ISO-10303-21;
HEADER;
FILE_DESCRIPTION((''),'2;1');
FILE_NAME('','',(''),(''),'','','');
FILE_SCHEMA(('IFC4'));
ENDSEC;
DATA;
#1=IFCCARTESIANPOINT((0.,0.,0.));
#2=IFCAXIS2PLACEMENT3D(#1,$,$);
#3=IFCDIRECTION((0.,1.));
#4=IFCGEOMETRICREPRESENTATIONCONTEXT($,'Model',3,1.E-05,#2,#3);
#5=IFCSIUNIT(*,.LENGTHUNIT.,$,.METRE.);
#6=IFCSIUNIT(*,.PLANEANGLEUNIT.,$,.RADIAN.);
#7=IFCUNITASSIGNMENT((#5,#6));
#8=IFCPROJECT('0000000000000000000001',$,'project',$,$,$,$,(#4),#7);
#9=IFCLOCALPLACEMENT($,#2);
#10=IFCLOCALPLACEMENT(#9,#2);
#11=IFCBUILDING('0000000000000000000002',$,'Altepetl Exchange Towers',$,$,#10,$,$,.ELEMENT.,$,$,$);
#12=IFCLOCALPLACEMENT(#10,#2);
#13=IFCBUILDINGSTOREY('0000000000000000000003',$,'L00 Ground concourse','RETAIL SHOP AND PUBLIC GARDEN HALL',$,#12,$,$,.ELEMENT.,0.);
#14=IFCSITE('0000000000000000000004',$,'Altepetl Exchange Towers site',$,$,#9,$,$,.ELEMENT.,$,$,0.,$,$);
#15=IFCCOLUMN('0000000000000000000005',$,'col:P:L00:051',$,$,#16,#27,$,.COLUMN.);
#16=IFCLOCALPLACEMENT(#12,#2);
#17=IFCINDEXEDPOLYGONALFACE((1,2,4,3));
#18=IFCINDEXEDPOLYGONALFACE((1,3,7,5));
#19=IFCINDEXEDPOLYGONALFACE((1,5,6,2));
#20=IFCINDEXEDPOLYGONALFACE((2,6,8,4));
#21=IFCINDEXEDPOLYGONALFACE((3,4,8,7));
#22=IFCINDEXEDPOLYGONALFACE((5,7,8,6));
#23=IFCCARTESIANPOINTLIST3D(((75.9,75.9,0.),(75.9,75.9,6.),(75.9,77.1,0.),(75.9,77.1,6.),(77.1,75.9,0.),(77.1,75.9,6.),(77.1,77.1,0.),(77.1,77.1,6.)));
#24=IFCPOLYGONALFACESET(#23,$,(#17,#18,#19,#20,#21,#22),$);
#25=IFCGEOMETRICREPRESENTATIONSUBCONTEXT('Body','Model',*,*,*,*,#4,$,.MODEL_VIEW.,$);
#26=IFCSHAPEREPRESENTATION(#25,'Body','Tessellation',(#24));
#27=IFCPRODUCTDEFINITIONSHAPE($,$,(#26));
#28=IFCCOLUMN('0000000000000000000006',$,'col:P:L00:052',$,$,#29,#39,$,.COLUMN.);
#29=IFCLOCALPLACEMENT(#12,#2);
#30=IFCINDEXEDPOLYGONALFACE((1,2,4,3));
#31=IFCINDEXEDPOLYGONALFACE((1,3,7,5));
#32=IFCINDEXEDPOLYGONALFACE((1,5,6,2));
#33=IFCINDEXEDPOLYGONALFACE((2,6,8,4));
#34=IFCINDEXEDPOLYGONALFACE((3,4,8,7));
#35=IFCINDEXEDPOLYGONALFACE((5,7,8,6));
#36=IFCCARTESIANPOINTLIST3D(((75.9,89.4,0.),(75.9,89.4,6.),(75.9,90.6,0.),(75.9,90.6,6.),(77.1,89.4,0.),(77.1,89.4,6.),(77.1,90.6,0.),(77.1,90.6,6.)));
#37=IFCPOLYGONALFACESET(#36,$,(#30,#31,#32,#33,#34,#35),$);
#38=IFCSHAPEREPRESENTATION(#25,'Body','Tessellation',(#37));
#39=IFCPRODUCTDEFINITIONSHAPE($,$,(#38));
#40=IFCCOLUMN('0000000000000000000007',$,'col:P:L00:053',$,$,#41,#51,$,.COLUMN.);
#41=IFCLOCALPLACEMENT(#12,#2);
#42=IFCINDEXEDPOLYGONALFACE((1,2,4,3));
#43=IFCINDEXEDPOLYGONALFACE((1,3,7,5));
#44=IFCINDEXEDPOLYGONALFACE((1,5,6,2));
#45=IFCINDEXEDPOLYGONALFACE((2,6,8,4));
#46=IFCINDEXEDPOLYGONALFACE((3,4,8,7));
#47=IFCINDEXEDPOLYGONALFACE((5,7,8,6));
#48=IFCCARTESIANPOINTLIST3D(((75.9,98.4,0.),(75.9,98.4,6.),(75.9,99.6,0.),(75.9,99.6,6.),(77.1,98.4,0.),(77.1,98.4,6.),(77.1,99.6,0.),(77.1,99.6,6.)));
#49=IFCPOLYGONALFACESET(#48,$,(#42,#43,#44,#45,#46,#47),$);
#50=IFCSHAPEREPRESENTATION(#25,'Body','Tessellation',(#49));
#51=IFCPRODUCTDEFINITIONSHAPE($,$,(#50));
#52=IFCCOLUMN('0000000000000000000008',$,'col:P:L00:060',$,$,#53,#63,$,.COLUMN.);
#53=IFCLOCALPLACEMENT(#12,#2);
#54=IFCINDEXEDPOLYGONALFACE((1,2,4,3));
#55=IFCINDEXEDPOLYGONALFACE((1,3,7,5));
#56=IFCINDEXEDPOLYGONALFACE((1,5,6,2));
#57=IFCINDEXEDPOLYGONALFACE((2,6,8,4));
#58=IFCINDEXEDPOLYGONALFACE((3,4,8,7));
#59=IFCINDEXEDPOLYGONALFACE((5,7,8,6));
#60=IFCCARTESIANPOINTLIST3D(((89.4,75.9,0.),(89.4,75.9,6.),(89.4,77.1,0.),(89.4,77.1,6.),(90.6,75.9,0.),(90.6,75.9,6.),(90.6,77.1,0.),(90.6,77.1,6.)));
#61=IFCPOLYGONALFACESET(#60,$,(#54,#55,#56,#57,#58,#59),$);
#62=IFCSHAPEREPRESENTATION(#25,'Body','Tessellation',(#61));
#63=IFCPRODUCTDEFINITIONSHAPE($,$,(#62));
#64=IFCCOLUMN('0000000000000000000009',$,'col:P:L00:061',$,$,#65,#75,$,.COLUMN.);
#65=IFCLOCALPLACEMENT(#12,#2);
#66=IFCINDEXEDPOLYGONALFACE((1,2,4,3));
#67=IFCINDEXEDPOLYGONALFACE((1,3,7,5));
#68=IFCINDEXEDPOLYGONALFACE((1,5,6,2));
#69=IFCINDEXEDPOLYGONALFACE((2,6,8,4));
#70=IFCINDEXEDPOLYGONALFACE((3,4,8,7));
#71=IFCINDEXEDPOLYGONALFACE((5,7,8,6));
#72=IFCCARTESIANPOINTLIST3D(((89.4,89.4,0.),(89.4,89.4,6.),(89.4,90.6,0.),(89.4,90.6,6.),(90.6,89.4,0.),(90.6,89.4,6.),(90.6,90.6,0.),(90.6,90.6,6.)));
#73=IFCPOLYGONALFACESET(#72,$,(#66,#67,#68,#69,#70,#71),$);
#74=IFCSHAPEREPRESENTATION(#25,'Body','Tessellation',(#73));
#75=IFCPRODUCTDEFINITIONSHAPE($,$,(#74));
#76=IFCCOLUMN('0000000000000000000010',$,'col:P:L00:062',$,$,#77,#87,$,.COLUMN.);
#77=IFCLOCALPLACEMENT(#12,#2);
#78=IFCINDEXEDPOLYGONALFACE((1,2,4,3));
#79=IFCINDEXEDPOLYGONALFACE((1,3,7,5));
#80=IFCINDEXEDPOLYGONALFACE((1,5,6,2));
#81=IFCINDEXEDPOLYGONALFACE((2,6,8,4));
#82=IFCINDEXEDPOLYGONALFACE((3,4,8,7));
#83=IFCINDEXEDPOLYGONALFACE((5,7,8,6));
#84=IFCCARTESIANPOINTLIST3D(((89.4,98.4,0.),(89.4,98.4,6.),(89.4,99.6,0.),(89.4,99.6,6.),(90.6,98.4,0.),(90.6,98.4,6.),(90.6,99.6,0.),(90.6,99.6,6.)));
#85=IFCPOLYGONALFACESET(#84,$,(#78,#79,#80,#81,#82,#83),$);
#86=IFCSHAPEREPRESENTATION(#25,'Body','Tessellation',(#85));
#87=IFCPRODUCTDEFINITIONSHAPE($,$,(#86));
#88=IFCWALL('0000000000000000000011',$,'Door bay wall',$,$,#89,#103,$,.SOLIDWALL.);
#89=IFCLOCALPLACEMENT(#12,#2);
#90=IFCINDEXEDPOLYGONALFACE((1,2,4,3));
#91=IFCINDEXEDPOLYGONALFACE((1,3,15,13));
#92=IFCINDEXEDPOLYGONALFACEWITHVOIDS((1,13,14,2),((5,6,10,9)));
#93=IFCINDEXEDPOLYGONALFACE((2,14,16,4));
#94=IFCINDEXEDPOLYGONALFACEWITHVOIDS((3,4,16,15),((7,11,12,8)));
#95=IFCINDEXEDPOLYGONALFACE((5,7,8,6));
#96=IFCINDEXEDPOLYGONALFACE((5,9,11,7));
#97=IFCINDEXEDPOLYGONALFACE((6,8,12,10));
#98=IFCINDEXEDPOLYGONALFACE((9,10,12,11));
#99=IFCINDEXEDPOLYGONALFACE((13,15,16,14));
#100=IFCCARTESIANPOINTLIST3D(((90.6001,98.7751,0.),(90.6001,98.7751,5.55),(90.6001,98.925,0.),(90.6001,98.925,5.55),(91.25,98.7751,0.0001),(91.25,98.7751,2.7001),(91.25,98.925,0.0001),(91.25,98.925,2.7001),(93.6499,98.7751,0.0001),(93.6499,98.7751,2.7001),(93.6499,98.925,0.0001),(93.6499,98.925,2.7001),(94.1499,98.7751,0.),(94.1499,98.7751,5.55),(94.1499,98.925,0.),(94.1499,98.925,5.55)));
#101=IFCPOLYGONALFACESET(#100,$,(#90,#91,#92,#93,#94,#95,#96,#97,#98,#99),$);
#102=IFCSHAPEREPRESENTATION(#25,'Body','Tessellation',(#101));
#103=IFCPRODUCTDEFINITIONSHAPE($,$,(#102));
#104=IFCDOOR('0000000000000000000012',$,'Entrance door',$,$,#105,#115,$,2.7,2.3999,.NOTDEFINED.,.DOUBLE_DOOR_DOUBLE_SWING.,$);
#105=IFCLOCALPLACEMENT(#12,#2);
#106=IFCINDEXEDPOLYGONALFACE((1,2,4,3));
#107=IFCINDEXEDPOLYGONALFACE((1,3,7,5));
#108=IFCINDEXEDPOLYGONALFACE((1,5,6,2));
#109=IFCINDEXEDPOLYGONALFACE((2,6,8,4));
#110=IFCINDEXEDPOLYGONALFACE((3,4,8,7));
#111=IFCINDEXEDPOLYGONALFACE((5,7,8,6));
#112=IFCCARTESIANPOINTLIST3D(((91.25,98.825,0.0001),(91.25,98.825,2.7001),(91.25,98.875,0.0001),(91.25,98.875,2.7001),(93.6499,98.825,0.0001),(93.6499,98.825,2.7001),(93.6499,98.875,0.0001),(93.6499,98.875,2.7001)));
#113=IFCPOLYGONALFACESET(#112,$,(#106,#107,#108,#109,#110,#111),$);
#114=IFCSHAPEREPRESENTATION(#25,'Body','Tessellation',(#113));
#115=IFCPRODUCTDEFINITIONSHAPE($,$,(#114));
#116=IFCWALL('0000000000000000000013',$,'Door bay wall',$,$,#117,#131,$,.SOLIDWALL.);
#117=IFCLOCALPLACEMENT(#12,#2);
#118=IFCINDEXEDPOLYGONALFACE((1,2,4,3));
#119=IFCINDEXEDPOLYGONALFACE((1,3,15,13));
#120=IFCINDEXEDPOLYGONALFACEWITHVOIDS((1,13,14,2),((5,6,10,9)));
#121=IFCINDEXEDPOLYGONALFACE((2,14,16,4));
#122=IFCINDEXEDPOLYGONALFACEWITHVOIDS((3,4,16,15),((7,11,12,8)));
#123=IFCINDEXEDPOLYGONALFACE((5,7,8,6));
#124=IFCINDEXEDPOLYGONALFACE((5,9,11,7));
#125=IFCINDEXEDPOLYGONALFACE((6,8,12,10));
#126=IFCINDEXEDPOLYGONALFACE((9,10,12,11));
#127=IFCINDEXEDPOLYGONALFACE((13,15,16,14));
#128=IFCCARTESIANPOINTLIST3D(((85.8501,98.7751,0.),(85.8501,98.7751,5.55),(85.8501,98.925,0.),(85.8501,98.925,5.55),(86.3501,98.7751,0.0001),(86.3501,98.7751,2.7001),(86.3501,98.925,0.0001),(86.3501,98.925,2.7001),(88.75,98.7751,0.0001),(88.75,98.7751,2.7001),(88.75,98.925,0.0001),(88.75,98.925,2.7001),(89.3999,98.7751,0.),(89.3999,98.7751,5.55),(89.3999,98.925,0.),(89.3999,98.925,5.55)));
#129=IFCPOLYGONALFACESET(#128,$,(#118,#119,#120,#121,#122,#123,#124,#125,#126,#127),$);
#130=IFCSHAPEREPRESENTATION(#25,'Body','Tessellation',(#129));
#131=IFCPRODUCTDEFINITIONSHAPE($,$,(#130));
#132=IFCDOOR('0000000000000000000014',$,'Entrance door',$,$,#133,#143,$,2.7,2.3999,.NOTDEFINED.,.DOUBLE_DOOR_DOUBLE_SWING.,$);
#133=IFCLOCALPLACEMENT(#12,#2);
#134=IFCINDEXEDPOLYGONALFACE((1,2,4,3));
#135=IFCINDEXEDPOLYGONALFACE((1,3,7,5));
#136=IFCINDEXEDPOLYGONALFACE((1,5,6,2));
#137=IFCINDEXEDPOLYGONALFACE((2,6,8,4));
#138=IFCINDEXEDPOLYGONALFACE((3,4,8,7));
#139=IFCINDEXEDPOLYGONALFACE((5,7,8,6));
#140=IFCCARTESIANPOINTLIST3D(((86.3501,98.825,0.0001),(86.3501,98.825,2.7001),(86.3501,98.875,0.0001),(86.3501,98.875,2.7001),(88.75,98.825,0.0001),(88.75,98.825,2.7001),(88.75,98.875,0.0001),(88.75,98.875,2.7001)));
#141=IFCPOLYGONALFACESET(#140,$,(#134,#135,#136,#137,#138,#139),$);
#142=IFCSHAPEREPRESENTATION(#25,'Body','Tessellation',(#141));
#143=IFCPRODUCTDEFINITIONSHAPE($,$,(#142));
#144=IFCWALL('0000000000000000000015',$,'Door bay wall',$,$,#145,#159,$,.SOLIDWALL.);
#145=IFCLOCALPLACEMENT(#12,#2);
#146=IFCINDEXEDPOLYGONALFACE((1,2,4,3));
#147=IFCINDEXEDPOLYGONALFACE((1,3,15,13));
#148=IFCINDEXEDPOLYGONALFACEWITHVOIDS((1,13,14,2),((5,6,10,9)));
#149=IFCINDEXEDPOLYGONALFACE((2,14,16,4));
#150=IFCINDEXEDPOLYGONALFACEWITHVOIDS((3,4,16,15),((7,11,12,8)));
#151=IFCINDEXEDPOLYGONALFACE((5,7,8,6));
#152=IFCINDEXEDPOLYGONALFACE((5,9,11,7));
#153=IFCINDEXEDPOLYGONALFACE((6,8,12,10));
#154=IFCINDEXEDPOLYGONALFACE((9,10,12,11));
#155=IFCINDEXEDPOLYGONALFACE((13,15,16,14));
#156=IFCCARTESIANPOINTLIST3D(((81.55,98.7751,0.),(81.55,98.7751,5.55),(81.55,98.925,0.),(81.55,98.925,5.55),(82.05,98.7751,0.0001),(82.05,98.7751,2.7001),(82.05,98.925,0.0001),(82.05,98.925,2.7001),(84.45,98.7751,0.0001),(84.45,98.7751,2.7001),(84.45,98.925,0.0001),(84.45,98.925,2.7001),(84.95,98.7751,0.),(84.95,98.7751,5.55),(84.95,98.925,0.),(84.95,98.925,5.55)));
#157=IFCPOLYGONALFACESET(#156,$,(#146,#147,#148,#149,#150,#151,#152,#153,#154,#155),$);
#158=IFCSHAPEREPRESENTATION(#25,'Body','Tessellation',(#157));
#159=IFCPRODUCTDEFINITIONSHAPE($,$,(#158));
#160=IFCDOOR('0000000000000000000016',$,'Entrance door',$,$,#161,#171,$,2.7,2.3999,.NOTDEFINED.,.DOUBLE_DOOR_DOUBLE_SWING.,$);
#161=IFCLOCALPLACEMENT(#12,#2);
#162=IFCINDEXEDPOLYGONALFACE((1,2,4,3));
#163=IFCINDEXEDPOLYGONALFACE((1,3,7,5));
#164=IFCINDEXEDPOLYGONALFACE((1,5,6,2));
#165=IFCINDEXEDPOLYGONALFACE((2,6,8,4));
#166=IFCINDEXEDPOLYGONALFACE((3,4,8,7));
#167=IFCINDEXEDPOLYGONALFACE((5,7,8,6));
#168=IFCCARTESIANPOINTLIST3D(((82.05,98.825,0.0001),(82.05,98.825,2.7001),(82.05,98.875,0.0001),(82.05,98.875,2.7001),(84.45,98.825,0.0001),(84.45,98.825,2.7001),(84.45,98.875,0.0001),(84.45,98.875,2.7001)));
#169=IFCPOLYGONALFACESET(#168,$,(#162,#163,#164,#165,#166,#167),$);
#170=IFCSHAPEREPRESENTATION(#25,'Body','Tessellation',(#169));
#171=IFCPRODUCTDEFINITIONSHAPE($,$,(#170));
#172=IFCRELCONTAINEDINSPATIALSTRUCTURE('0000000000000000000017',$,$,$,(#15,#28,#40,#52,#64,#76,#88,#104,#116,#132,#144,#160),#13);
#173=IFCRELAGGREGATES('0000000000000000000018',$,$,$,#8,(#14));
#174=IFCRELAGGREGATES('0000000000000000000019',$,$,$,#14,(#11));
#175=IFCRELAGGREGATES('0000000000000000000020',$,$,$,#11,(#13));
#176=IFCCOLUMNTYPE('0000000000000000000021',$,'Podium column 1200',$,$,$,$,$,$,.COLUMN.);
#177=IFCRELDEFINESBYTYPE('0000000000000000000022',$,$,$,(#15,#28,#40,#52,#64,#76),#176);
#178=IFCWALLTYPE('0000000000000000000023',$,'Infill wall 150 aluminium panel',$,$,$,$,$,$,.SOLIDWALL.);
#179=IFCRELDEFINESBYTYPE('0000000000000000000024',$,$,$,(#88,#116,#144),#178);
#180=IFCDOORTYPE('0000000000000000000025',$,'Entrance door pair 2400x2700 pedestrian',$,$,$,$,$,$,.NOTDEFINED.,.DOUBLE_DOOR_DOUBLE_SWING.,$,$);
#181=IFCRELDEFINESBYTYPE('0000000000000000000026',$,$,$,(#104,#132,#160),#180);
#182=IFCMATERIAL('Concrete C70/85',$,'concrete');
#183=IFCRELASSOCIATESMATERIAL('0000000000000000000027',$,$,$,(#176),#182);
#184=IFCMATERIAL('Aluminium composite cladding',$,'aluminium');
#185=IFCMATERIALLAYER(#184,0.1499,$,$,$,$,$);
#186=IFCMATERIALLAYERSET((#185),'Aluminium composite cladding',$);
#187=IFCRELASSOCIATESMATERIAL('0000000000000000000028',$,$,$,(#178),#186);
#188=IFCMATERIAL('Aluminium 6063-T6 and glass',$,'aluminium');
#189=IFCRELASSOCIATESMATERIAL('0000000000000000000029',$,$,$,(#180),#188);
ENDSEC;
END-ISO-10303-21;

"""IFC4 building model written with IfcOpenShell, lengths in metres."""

from ifc_helpers import new_model, si_unit, direction, frame, frame_2d, origin, origin_2d, place, context, subcontext, project, spatial, rectangle, extrude, material, layer, layer_set, material_profile, profile_set, type_object, element, fill, save


model = new_model("IFC4")

# Units and contexts
model_context = context("Model", 3, precision=1e-05, world=origin(), true_north=direction((0.0, 1.0)))
body_context = subcontext(model_context, "Body", "Model", "MODEL_VIEW")
ifc_project = project(units=[si_unit("LENGTHUNIT", "METRE"), si_unit("PLANEANGLEUNIT", "RADIAN")], contexts=[model_context])

# Site, building, storey
site_placement = place(None, origin())
site = spatial("IfcSite", under=ifc_project, at=site_placement, Name="Altepetl Exchange Towers site", CompositionType="ELEMENT", RefElevation=0.0)
building_placement = place(site_placement, origin())
building = spatial("IfcBuilding", under=site, at=building_placement, Name="Altepetl Exchange Towers", CompositionType="ELEMENT")
storey_placement = place(building_placement, origin())
storey = spatial("IfcBuildingStorey", under=building, at=storey_placement, Name="L00 Ground concourse", Description="RETAIL SHOP AND PUBLIC GARDEN HALL", CompositionType="ELEMENT", Elevation=0.0)

# Columns
ifc_material_1 = material(Name="Concrete C70/85", Category="concrete")
ifc_material_profile = material_profile(ifc_material_1, rectangle(XDim=1.2, YDim=1.2, at=origin_2d()), Name="1200 x 1200")
ifc_profile_set = profile_set([ifc_material_profile], Name="Concrete C70/85")
column_type = type_object("IfcColumnType", Name="Podium column 1200", PredefinedType="COLUMN", material=ifc_profile_set)
for number, where, name in (
    (1, (76.5, 76.5, 0.0), "col:P:L00:051"),
    (2, (76.5, 90.0, 0.0), "col:P:L00:052"),
    (3, (76.5, 99.0, 0.0), "col:P:L00:053"),
    (4, (90.0, 76.5, 0.0), "col:P:L00:060"),
    (5, (90.0, 90.0, 0.0), "col:P:L00:061"),
    (6, (90.0, 99.0, 0.0), "col:P:L00:062"),
):
    element("IfcColumn", number, at=place(storey_placement, frame(where)), inside=storey, type_object=column_type, Name=name, PredefinedType="COLUMN", context=body_context, shape_type="SweptSolid", body=[
        extrude(rectangle(XDim=1.2, YDim=1.2, at=origin_2d()), origin(), (0.0, 0.0, 1.0), 6.0),
    ])

# Walls, openings, doors
ifc_material_2 = material(Name="Aluminium composite cladding", Category="aluminium")
ifc_layer_1 = layer(ifc_material_2, 0.1499)
ifc_layer_set_1 = layer_set([ifc_layer_1], Name="Aluminium composite cladding")
wall_type_1 = type_object("IfcWallType", Name="Infill wall 150 aluminium panel", PredefinedType="SOLIDWALL", material=ifc_layer_set_1)
wall_1_placement = place(storey_placement, frame((94.1499, 98.8501, 0.0), z_axis=(0.0, 0.0, 1.0), x_axis=(-1.0, 0.0, 0.0)))
wall_1 = element("IfcWall", 7, at=wall_1_placement, inside=storey, type_object=wall_type_1, Name="Door bay wall", PredefinedType="SOLIDWALL", context=body_context, shape_type="SweptSolid", body=[
    extrude(rectangle(XDim=3.5498, YDim=0.1499, at=frame_2d((1.7749, 0.0))), origin(), (0.0, 0.0, 1.0), 5.55),
])
opening_1_placement = place(wall_1_placement, frame((0.5, 0.0, 0.0)))
opening_1 = element("IfcOpeningElement", 8, at=opening_1_placement, cuts=wall_1, PredefinedType="OPENING", context=body_context, shape_type="SweptSolid", body=[
    extrude(rectangle(XDim=2.3999, YDim=2.7, at=frame_2d((1.2, 1.3501))), frame((0.0, 0.085, 0.0), z_axis=(0.0, -1.0, 0.0), x_axis=(1.0, 0.0, 0.0)), (0.0, 0.0, 1.0), 0.1699),
])
ifc_material_3 = material(Name="Aluminium 6063-T6 and glass", Category="aluminium")
door_type_1 = type_object("IfcDoorType", Name="Entrance door pair 2400x2700 pedestrian", OperationType="DOUBLE_DOOR_DOUBLE_SWING", PredefinedType="NOTDEFINED", material=ifc_material_3)
door_1_placement = place(opening_1_placement, frame((2.3999, 0.0, 0.0), x_axis=(-1.0, 0.0, 0.0)))
door_1 = element("IfcDoor", 9, at=door_1_placement, inside=storey, type_object=door_type_1, Name="Entrance door", OperationType="DOUBLE_DOOR_DOUBLE_SWING", OverallHeight=2.7, OverallWidth=2.3999, PredefinedType="NOTDEFINED", context=body_context, shape_type="SweptSolid", body=[
    extrude(rectangle(XDim=2.3999, YDim=2.7, at=frame_2d((1.2, 1.3501))), frame((0.0, 0.0249, 0.0), z_axis=(0.0, -1.0, 0.0), x_axis=(1.0, 0.0, 0.0)), (0.0, 0.0, 1.0), 0.05),
])
fill(opening_1, door_1)
wall_2_placement = place(storey_placement, frame((89.3999, 98.8501, 0.0), z_axis=(0.0, 0.0, 1.0), x_axis=(-1.0, 0.0, 0.0)))
wall_2 = element("IfcWall", 10, at=wall_2_placement, inside=storey, type_object=wall_type_1, Name="Door bay wall", PredefinedType="SOLIDWALL", context=body_context, shape_type="SweptSolid", body=[
    extrude(rectangle(XDim=3.5498, YDim=0.1499, at=frame_2d((1.7749, 0.0))), origin(), (0.0, 0.0, 1.0), 5.55),
])
opening_2_placement = place(wall_2_placement, frame((0.6499, 0.0, 0.0)))
opening_2 = element("IfcOpeningElement", 11, at=opening_2_placement, cuts=wall_2, PredefinedType="OPENING", context=body_context, shape_type="SweptSolid", body=[
    extrude(rectangle(XDim=2.3999, YDim=2.7, at=frame_2d((1.2, 1.3501))), frame((0.0, 0.085, 0.0), z_axis=(0.0, -1.0, 0.0), x_axis=(1.0, 0.0, 0.0)), (0.0, 0.0, 1.0), 0.1699),
])
door_2_placement = place(opening_2_placement, frame((2.3999, 0.0, 0.0), x_axis=(-1.0, 0.0, 0.0)))
door_2 = element("IfcDoor", 12, at=door_2_placement, inside=storey, type_object=door_type_1, Name="Entrance door", OperationType="DOUBLE_DOOR_DOUBLE_SWING", OverallHeight=2.7, OverallWidth=2.3999, PredefinedType="NOTDEFINED", context=body_context, shape_type="SweptSolid", body=[
    extrude(rectangle(XDim=2.3999, YDim=2.7, at=frame_2d((1.2, 1.3501))), frame((0.0, 0.0249, 0.0), z_axis=(0.0, -1.0, 0.0), x_axis=(1.0, 0.0, 0.0)), (0.0, 0.0, 1.0), 0.05),
])
fill(opening_2, door_2)
wall_3_placement = place(storey_placement, frame((84.95, 98.8501, 0.0), z_axis=(0.0, 0.0, 1.0), x_axis=(-1.0, 0.0, 0.0)))
wall_3 = element("IfcWall", 13, at=wall_3_placement, inside=storey, type_object=wall_type_1, Name="Door bay wall", PredefinedType="SOLIDWALL", context=body_context, shape_type="SweptSolid", body=[
    extrude(rectangle(XDim=3.3999, YDim=0.1499, at=frame_2d((1.7, 0.0))), origin(), (0.0, 0.0, 1.0), 5.55),
])
opening_3_placement = place(wall_3_placement, frame((0.5, 0.0, 0.0)))
opening_3 = element("IfcOpeningElement", 14, at=opening_3_placement, cuts=wall_3, PredefinedType="OPENING", context=body_context, shape_type="SweptSolid", body=[
    extrude(rectangle(XDim=2.3999, YDim=2.7, at=frame_2d((1.2, 1.3501))), frame((0.0, 0.085, 0.0), z_axis=(0.0, -1.0, 0.0), x_axis=(1.0, 0.0, 0.0)), (0.0, 0.0, 1.0), 0.1699),
])
door_3_placement = place(opening_3_placement, frame((2.3999, 0.0, 0.0), x_axis=(-1.0, 0.0, 0.0)))
door_3 = element("IfcDoor", 15, at=door_3_placement, inside=storey, type_object=door_type_1, Name="Entrance door", OperationType="DOUBLE_DOOR_DOUBLE_SWING", OverallHeight=2.7, OverallWidth=2.3999, PredefinedType="NOTDEFINED", context=body_context, shape_type="SweptSolid", body=[
    extrude(rectangle(XDim=2.3999, YDim=2.7, at=frame_2d((1.2, 1.3501))), frame((0.0, 0.0249, 0.0), z_axis=(0.0, -1.0, 0.0), x_axis=(1.0, 0.0, 0.0)), (0.0, 0.0, 1.0), 0.05),
])
fill(opening_3, door_3)

save(model, "model.ifc")
